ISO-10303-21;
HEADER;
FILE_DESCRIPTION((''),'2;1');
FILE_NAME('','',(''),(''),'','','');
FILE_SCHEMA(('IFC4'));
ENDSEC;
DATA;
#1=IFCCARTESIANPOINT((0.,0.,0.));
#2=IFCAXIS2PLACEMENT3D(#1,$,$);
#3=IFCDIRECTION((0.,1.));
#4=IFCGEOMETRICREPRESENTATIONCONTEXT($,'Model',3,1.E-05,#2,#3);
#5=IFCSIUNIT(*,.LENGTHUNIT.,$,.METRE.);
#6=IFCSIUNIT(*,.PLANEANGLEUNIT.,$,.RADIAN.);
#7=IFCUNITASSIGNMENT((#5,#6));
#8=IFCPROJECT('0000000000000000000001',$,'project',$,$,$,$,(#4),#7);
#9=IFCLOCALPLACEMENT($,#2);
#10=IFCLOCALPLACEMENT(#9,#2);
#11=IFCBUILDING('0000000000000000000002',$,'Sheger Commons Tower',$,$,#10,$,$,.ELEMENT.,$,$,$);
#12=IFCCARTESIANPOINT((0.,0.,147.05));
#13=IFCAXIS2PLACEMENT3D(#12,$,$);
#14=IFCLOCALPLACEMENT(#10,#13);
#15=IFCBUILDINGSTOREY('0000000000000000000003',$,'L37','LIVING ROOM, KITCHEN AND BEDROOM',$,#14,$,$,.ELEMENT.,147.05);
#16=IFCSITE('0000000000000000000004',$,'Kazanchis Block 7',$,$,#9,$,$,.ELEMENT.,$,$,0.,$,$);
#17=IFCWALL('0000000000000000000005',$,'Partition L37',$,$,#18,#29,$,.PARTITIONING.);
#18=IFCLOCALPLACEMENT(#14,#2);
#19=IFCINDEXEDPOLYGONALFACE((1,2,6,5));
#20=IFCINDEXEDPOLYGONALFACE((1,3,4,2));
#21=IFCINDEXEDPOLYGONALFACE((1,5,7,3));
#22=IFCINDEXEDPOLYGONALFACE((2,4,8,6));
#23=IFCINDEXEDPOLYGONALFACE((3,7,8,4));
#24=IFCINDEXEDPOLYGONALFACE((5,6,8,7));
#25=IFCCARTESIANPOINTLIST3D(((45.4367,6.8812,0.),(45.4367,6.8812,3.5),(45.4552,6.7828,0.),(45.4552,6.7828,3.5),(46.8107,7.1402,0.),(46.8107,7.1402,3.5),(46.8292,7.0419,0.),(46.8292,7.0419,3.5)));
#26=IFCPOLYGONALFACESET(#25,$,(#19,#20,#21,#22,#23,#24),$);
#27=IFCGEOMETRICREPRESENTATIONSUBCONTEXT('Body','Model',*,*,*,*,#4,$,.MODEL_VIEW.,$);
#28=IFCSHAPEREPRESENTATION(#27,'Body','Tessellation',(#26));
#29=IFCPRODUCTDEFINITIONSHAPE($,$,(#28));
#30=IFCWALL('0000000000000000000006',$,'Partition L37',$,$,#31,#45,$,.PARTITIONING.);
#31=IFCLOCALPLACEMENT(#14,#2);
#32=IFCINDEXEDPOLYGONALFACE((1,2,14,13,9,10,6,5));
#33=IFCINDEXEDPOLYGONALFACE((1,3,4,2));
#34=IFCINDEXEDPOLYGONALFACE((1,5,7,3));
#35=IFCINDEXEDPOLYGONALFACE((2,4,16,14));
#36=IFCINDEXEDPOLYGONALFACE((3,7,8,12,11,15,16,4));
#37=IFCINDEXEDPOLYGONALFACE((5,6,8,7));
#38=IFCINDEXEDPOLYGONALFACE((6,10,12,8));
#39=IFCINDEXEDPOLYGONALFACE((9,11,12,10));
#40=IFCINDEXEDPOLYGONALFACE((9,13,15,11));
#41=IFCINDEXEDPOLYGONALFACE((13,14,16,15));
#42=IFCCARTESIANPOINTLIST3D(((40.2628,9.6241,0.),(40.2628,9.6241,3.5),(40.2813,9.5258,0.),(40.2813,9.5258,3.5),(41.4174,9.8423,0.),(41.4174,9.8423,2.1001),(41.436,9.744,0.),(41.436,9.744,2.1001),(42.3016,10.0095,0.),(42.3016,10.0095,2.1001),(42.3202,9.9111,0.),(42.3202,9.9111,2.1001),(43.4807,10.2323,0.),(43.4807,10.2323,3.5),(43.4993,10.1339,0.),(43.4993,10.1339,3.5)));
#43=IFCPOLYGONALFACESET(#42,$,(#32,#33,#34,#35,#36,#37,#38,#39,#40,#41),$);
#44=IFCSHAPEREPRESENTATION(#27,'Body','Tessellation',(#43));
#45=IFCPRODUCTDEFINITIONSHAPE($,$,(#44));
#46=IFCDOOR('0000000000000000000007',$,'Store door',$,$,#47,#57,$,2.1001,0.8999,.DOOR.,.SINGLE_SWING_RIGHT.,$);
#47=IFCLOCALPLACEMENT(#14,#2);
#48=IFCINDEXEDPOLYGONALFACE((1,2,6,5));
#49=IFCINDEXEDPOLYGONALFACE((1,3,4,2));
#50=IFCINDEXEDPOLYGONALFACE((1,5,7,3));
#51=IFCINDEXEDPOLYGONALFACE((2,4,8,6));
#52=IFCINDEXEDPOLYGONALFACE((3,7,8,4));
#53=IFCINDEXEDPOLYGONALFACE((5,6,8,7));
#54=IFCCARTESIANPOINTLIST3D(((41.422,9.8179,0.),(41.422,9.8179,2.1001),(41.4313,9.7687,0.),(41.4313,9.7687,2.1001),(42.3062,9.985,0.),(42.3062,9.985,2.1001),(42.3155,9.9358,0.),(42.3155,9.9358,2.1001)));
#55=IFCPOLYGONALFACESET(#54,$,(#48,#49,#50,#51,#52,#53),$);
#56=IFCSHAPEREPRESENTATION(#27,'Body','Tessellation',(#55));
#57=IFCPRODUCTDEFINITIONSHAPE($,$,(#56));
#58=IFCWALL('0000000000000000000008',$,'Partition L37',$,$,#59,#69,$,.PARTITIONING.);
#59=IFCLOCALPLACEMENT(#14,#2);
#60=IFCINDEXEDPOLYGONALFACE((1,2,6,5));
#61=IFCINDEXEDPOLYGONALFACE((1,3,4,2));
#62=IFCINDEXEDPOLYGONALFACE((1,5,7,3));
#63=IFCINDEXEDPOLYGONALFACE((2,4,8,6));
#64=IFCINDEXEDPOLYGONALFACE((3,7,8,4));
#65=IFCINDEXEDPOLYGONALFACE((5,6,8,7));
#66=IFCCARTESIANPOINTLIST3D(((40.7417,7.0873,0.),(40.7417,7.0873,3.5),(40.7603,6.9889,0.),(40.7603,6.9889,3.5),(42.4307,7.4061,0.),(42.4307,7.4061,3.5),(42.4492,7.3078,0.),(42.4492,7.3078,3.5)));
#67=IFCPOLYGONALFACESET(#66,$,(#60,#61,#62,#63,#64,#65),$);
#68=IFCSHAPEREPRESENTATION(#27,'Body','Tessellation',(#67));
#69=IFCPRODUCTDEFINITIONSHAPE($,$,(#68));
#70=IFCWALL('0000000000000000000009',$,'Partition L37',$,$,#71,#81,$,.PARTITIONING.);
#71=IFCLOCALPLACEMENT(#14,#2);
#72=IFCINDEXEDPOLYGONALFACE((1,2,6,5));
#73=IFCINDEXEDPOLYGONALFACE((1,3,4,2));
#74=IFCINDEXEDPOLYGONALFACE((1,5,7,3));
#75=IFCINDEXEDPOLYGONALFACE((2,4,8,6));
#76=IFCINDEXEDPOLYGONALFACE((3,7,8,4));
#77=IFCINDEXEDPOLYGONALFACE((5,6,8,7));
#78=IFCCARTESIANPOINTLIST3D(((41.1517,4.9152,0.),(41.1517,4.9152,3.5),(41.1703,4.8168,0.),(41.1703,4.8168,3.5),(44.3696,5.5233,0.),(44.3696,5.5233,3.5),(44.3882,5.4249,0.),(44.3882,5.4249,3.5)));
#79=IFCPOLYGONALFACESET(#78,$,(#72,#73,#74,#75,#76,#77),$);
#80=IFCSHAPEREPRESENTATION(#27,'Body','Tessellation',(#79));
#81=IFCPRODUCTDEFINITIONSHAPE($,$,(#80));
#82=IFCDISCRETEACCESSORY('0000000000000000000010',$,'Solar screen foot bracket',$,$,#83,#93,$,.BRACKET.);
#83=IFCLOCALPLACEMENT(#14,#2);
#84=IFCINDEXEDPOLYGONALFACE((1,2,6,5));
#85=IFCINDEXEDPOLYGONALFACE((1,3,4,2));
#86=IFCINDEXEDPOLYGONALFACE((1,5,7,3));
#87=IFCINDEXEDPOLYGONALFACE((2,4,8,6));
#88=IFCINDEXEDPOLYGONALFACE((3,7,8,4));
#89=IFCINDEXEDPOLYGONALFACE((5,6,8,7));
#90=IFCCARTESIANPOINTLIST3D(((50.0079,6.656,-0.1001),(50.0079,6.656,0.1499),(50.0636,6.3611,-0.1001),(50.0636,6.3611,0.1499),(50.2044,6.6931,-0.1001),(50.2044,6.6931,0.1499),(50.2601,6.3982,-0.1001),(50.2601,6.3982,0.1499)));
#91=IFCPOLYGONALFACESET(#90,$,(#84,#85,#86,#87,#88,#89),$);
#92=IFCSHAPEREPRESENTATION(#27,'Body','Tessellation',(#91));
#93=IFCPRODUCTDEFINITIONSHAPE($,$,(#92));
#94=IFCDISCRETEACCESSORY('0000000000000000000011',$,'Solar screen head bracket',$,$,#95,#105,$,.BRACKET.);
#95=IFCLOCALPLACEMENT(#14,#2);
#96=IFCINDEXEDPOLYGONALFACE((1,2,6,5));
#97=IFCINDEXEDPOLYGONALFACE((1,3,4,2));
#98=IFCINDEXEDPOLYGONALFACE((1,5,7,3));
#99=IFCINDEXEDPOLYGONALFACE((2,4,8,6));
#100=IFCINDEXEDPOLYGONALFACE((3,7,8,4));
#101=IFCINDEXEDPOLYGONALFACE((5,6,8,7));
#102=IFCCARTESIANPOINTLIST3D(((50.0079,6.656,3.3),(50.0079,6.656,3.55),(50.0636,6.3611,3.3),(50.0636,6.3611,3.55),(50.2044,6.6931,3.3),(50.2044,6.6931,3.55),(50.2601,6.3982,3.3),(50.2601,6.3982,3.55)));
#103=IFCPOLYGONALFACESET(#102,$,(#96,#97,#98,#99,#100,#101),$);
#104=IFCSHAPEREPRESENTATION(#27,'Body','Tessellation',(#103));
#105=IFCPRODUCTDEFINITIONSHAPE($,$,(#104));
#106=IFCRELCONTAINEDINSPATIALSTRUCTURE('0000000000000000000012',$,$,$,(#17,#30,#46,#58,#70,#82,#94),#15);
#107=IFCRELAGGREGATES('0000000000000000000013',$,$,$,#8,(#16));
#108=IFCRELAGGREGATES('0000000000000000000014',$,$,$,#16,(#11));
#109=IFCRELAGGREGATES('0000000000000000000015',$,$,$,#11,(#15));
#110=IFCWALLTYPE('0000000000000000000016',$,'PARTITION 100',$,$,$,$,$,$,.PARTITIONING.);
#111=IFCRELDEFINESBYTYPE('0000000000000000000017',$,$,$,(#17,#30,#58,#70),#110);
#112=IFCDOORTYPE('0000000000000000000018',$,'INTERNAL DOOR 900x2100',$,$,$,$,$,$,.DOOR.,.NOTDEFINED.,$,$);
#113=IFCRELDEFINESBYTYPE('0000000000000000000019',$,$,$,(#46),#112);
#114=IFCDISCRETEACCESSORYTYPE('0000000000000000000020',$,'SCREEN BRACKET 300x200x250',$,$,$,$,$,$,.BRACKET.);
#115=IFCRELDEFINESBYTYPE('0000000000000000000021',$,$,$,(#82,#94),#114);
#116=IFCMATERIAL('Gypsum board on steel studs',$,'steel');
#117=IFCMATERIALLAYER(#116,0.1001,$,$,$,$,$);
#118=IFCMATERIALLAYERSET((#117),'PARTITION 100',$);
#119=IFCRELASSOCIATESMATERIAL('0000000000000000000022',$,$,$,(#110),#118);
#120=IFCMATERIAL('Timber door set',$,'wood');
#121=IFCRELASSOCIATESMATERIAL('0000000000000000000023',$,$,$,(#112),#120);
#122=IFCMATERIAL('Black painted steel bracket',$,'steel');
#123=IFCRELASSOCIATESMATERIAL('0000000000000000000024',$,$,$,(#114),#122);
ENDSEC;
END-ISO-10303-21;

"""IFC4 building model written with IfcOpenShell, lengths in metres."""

from ifc_helpers import new_model, si_unit, direction, frame, frame_2d, origin, origin_2d, place, context, subcontext, project, spatial, rectangle, extrude, material, layer, layer_set, type_object, element, fill, save


model = new_model("IFC4")

# Units and contexts
model_context = context("Model", 3, precision=1e-05, world=origin(), true_north=direction((0.0, 1.0)))
body_context = subcontext(model_context, "Body", "Model", "MODEL_VIEW")
ifc_project = project(units=[si_unit("LENGTHUNIT", "METRE"), si_unit("PLANEANGLEUNIT", "RADIAN")], contexts=[model_context])

# Site, building, storey
site_placement = place(None, origin())
site = spatial("IfcSite", under=ifc_project, at=site_placement, Name="Kazanchis Block 7", CompositionType="ELEMENT", RefElevation=0.0)
building_placement = place(site_placement, origin())
building = spatial("IfcBuilding", under=site, at=building_placement, Name="Sheger Commons Tower", CompositionType="ELEMENT")
storey_placement = place(building_placement, frame((0.0, 0.0, 147.05)))
storey = spatial("IfcBuildingStorey", under=building, at=storey_placement, Name="L37", Description="LIVING ROOM, KITCHEN AND BEDROOM", CompositionType="ELEMENT", Elevation=147.05)

# Shared definitions
ifc_material_1 = material(Name="Gypsum board on steel studs", Category="steel")
ifc_layer_1 = layer(ifc_material_1, 0.1001)
ifc_layer_set_1 = layer_set([ifc_layer_1], Name="PARTITION 100")
wall_type_1 = type_object("IfcWallType", Name="PARTITION 100", PredefinedType="PARTITIONING", material=ifc_layer_set_1)

# Shared definitions
ifc_material_2 = material(Name="Timber door set", Category="wood")
door_type = type_object("IfcDoorType", Name="INTERNAL DOOR 900x2100", OperationType="NOTDEFINED", PredefinedType="DOOR", material=ifc_material_2)

# Wall
wall_1_placement = place(storey_placement, frame((46.8201, 7.0911, 0.0), z_axis=(0.0, 0.0, 1.0), x_axis=(-0.98269, -0.185258, 0.0)))
element("IfcWall", 1, at=wall_1_placement, inside=storey, type_object=wall_type_1, Name="Partition L37", PredefinedType="PARTITIONING", context=body_context, shape_type="SweptSolid", body=[
    extrude(rectangle(XDim=1.3982, YDim=0.1001, at=frame_2d((0.6992, 0.0))), origin(), (0.0, 0.0, 1.0), 3.5),
])

# Wall, opening, door
wall_2_placement = place(storey_placement, frame((43.49, 10.1831, 0.0), z_axis=(0.0, 0.0, 1.0), x_axis=(-0.982607, -0.185697, 0.0)))
wall_2 = element("IfcWall", 2, at=wall_2_placement, inside=storey, type_object=wall_type_1, Name="Partition L37", PredefinedType="PARTITIONING", context=body_context, shape_type="SweptSolid", body=[
    extrude(rectangle(XDim=3.2749, YDim=0.1001, at=frame_2d((1.6375, 0.0))), origin(), (0.0, 0.0, 1.0), 3.5),
])
opening_1_placement = place(wall_2_placement, frame((1.2, 0.0, 0.0)))
opening_1 = element("IfcOpeningElement", 3, at=opening_1_placement, cuts=wall_2, PredefinedType="OPENING", context=body_context, shape_type="SweptSolid", body=[
    extrude(rectangle(XDim=0.8999, YDim=2.1001, at=frame_2d((0.45, 1.05))), frame((0.0, 0.0601, 0.0), z_axis=(0.0, -1.0, 0.0), x_axis=(1.0, 0.0, 0.0)), (0.0, 0.0, 1.0), 0.1201),
])
door_1_placement = place(opening_1_placement, origin())
door_1 = element("IfcDoor", 4, at=door_1_placement, inside=storey, type_object=door_type, Name="Store door", OperationType="SINGLE_SWING_RIGHT", OverallHeight=2.1001, OverallWidth=0.8999, PredefinedType="DOOR", context=body_context, shape_type="SweptSolid", body=[
    extrude(rectangle(XDim=0.8999, YDim=2.1001, at=frame_2d((0.45, 1.05))), frame((0.0, 0.0249, 0.0), z_axis=(0.0, -1.0, 0.0), x_axis=(1.0, 0.0, 0.0)), (0.0, 0.0, 1.0), 0.05),
])
fill(opening_1, door_1)

# Walls
wall_3_placement = place(storey_placement, frame((42.4399, 7.3569, 0.0), z_axis=(0.0, 0.0, 1.0), x_axis=(-0.982643, -0.185506, 0.0)))
element("IfcWall", 5, at=wall_3_placement, inside=storey, type_object=wall_type_1, Name="Partition L37", PredefinedType="PARTITIONING", context=body_context, shape_type="SweptSolid", body=[
    extrude(rectangle(XDim=1.7188, YDim=0.1001, at=frame_2d((0.8594, 0.0))), origin(), (0.0, 0.0, 1.0), 3.5),
])
wall_4_placement = place(storey_placement, frame((44.3789, 5.4741, 0.0), z_axis=(0.0, 0.0, 1.0), x_axis=(-0.982607, -0.185697, 0.0)))
element("IfcWall", 6, at=wall_4_placement, inside=storey, type_object=wall_type_1, Name="Partition L37", PredefinedType="PARTITIONING", context=body_context, shape_type="SweptSolid", body=[
    extrude(rectangle(XDim=3.2749, YDim=0.1001, at=frame_2d((1.6375, 0.0))), origin(), (0.0, 0.0, 1.0), 3.5),
])

# Discrete accessories
ifc_material_3 = material(Name="Black painted steel bracket", Category="steel")
discrete_accessory_type = type_object("IfcDiscreteAccessoryType", Name="SCREEN BRACKET 300x200x250", PredefinedType="BRACKET", material=ifc_material_3)
for number, where, z_axis, x_axis, name in (
    (7, (50.134, 6.5271, -0.1001), (0.0, 0.0, 1.0), (-0.185615, 0.982623, 0.0), "Solar screen foot bracket"),
    (8, (50.134, 6.5271, 3.3), (0.0, 0.0, 1.0), (-0.185615, 0.982623, 0.0), "Solar screen head bracket"),
):
    element("IfcDiscreteAccessory", number, at=place(storey_placement, frame(where, z_axis=z_axis, x_axis=x_axis)), inside=storey, type_object=discrete_accessory_type, Name=name, PredefinedType="BRACKET", context=body_context, shape_type="SweptSolid", body=[
        extrude(rectangle(XDim=0.3, YDim=0.2, at=origin_2d()), origin(), (0.0, 0.0, 1.0), 0.25),
    ])

save(model, "model.ifc")
